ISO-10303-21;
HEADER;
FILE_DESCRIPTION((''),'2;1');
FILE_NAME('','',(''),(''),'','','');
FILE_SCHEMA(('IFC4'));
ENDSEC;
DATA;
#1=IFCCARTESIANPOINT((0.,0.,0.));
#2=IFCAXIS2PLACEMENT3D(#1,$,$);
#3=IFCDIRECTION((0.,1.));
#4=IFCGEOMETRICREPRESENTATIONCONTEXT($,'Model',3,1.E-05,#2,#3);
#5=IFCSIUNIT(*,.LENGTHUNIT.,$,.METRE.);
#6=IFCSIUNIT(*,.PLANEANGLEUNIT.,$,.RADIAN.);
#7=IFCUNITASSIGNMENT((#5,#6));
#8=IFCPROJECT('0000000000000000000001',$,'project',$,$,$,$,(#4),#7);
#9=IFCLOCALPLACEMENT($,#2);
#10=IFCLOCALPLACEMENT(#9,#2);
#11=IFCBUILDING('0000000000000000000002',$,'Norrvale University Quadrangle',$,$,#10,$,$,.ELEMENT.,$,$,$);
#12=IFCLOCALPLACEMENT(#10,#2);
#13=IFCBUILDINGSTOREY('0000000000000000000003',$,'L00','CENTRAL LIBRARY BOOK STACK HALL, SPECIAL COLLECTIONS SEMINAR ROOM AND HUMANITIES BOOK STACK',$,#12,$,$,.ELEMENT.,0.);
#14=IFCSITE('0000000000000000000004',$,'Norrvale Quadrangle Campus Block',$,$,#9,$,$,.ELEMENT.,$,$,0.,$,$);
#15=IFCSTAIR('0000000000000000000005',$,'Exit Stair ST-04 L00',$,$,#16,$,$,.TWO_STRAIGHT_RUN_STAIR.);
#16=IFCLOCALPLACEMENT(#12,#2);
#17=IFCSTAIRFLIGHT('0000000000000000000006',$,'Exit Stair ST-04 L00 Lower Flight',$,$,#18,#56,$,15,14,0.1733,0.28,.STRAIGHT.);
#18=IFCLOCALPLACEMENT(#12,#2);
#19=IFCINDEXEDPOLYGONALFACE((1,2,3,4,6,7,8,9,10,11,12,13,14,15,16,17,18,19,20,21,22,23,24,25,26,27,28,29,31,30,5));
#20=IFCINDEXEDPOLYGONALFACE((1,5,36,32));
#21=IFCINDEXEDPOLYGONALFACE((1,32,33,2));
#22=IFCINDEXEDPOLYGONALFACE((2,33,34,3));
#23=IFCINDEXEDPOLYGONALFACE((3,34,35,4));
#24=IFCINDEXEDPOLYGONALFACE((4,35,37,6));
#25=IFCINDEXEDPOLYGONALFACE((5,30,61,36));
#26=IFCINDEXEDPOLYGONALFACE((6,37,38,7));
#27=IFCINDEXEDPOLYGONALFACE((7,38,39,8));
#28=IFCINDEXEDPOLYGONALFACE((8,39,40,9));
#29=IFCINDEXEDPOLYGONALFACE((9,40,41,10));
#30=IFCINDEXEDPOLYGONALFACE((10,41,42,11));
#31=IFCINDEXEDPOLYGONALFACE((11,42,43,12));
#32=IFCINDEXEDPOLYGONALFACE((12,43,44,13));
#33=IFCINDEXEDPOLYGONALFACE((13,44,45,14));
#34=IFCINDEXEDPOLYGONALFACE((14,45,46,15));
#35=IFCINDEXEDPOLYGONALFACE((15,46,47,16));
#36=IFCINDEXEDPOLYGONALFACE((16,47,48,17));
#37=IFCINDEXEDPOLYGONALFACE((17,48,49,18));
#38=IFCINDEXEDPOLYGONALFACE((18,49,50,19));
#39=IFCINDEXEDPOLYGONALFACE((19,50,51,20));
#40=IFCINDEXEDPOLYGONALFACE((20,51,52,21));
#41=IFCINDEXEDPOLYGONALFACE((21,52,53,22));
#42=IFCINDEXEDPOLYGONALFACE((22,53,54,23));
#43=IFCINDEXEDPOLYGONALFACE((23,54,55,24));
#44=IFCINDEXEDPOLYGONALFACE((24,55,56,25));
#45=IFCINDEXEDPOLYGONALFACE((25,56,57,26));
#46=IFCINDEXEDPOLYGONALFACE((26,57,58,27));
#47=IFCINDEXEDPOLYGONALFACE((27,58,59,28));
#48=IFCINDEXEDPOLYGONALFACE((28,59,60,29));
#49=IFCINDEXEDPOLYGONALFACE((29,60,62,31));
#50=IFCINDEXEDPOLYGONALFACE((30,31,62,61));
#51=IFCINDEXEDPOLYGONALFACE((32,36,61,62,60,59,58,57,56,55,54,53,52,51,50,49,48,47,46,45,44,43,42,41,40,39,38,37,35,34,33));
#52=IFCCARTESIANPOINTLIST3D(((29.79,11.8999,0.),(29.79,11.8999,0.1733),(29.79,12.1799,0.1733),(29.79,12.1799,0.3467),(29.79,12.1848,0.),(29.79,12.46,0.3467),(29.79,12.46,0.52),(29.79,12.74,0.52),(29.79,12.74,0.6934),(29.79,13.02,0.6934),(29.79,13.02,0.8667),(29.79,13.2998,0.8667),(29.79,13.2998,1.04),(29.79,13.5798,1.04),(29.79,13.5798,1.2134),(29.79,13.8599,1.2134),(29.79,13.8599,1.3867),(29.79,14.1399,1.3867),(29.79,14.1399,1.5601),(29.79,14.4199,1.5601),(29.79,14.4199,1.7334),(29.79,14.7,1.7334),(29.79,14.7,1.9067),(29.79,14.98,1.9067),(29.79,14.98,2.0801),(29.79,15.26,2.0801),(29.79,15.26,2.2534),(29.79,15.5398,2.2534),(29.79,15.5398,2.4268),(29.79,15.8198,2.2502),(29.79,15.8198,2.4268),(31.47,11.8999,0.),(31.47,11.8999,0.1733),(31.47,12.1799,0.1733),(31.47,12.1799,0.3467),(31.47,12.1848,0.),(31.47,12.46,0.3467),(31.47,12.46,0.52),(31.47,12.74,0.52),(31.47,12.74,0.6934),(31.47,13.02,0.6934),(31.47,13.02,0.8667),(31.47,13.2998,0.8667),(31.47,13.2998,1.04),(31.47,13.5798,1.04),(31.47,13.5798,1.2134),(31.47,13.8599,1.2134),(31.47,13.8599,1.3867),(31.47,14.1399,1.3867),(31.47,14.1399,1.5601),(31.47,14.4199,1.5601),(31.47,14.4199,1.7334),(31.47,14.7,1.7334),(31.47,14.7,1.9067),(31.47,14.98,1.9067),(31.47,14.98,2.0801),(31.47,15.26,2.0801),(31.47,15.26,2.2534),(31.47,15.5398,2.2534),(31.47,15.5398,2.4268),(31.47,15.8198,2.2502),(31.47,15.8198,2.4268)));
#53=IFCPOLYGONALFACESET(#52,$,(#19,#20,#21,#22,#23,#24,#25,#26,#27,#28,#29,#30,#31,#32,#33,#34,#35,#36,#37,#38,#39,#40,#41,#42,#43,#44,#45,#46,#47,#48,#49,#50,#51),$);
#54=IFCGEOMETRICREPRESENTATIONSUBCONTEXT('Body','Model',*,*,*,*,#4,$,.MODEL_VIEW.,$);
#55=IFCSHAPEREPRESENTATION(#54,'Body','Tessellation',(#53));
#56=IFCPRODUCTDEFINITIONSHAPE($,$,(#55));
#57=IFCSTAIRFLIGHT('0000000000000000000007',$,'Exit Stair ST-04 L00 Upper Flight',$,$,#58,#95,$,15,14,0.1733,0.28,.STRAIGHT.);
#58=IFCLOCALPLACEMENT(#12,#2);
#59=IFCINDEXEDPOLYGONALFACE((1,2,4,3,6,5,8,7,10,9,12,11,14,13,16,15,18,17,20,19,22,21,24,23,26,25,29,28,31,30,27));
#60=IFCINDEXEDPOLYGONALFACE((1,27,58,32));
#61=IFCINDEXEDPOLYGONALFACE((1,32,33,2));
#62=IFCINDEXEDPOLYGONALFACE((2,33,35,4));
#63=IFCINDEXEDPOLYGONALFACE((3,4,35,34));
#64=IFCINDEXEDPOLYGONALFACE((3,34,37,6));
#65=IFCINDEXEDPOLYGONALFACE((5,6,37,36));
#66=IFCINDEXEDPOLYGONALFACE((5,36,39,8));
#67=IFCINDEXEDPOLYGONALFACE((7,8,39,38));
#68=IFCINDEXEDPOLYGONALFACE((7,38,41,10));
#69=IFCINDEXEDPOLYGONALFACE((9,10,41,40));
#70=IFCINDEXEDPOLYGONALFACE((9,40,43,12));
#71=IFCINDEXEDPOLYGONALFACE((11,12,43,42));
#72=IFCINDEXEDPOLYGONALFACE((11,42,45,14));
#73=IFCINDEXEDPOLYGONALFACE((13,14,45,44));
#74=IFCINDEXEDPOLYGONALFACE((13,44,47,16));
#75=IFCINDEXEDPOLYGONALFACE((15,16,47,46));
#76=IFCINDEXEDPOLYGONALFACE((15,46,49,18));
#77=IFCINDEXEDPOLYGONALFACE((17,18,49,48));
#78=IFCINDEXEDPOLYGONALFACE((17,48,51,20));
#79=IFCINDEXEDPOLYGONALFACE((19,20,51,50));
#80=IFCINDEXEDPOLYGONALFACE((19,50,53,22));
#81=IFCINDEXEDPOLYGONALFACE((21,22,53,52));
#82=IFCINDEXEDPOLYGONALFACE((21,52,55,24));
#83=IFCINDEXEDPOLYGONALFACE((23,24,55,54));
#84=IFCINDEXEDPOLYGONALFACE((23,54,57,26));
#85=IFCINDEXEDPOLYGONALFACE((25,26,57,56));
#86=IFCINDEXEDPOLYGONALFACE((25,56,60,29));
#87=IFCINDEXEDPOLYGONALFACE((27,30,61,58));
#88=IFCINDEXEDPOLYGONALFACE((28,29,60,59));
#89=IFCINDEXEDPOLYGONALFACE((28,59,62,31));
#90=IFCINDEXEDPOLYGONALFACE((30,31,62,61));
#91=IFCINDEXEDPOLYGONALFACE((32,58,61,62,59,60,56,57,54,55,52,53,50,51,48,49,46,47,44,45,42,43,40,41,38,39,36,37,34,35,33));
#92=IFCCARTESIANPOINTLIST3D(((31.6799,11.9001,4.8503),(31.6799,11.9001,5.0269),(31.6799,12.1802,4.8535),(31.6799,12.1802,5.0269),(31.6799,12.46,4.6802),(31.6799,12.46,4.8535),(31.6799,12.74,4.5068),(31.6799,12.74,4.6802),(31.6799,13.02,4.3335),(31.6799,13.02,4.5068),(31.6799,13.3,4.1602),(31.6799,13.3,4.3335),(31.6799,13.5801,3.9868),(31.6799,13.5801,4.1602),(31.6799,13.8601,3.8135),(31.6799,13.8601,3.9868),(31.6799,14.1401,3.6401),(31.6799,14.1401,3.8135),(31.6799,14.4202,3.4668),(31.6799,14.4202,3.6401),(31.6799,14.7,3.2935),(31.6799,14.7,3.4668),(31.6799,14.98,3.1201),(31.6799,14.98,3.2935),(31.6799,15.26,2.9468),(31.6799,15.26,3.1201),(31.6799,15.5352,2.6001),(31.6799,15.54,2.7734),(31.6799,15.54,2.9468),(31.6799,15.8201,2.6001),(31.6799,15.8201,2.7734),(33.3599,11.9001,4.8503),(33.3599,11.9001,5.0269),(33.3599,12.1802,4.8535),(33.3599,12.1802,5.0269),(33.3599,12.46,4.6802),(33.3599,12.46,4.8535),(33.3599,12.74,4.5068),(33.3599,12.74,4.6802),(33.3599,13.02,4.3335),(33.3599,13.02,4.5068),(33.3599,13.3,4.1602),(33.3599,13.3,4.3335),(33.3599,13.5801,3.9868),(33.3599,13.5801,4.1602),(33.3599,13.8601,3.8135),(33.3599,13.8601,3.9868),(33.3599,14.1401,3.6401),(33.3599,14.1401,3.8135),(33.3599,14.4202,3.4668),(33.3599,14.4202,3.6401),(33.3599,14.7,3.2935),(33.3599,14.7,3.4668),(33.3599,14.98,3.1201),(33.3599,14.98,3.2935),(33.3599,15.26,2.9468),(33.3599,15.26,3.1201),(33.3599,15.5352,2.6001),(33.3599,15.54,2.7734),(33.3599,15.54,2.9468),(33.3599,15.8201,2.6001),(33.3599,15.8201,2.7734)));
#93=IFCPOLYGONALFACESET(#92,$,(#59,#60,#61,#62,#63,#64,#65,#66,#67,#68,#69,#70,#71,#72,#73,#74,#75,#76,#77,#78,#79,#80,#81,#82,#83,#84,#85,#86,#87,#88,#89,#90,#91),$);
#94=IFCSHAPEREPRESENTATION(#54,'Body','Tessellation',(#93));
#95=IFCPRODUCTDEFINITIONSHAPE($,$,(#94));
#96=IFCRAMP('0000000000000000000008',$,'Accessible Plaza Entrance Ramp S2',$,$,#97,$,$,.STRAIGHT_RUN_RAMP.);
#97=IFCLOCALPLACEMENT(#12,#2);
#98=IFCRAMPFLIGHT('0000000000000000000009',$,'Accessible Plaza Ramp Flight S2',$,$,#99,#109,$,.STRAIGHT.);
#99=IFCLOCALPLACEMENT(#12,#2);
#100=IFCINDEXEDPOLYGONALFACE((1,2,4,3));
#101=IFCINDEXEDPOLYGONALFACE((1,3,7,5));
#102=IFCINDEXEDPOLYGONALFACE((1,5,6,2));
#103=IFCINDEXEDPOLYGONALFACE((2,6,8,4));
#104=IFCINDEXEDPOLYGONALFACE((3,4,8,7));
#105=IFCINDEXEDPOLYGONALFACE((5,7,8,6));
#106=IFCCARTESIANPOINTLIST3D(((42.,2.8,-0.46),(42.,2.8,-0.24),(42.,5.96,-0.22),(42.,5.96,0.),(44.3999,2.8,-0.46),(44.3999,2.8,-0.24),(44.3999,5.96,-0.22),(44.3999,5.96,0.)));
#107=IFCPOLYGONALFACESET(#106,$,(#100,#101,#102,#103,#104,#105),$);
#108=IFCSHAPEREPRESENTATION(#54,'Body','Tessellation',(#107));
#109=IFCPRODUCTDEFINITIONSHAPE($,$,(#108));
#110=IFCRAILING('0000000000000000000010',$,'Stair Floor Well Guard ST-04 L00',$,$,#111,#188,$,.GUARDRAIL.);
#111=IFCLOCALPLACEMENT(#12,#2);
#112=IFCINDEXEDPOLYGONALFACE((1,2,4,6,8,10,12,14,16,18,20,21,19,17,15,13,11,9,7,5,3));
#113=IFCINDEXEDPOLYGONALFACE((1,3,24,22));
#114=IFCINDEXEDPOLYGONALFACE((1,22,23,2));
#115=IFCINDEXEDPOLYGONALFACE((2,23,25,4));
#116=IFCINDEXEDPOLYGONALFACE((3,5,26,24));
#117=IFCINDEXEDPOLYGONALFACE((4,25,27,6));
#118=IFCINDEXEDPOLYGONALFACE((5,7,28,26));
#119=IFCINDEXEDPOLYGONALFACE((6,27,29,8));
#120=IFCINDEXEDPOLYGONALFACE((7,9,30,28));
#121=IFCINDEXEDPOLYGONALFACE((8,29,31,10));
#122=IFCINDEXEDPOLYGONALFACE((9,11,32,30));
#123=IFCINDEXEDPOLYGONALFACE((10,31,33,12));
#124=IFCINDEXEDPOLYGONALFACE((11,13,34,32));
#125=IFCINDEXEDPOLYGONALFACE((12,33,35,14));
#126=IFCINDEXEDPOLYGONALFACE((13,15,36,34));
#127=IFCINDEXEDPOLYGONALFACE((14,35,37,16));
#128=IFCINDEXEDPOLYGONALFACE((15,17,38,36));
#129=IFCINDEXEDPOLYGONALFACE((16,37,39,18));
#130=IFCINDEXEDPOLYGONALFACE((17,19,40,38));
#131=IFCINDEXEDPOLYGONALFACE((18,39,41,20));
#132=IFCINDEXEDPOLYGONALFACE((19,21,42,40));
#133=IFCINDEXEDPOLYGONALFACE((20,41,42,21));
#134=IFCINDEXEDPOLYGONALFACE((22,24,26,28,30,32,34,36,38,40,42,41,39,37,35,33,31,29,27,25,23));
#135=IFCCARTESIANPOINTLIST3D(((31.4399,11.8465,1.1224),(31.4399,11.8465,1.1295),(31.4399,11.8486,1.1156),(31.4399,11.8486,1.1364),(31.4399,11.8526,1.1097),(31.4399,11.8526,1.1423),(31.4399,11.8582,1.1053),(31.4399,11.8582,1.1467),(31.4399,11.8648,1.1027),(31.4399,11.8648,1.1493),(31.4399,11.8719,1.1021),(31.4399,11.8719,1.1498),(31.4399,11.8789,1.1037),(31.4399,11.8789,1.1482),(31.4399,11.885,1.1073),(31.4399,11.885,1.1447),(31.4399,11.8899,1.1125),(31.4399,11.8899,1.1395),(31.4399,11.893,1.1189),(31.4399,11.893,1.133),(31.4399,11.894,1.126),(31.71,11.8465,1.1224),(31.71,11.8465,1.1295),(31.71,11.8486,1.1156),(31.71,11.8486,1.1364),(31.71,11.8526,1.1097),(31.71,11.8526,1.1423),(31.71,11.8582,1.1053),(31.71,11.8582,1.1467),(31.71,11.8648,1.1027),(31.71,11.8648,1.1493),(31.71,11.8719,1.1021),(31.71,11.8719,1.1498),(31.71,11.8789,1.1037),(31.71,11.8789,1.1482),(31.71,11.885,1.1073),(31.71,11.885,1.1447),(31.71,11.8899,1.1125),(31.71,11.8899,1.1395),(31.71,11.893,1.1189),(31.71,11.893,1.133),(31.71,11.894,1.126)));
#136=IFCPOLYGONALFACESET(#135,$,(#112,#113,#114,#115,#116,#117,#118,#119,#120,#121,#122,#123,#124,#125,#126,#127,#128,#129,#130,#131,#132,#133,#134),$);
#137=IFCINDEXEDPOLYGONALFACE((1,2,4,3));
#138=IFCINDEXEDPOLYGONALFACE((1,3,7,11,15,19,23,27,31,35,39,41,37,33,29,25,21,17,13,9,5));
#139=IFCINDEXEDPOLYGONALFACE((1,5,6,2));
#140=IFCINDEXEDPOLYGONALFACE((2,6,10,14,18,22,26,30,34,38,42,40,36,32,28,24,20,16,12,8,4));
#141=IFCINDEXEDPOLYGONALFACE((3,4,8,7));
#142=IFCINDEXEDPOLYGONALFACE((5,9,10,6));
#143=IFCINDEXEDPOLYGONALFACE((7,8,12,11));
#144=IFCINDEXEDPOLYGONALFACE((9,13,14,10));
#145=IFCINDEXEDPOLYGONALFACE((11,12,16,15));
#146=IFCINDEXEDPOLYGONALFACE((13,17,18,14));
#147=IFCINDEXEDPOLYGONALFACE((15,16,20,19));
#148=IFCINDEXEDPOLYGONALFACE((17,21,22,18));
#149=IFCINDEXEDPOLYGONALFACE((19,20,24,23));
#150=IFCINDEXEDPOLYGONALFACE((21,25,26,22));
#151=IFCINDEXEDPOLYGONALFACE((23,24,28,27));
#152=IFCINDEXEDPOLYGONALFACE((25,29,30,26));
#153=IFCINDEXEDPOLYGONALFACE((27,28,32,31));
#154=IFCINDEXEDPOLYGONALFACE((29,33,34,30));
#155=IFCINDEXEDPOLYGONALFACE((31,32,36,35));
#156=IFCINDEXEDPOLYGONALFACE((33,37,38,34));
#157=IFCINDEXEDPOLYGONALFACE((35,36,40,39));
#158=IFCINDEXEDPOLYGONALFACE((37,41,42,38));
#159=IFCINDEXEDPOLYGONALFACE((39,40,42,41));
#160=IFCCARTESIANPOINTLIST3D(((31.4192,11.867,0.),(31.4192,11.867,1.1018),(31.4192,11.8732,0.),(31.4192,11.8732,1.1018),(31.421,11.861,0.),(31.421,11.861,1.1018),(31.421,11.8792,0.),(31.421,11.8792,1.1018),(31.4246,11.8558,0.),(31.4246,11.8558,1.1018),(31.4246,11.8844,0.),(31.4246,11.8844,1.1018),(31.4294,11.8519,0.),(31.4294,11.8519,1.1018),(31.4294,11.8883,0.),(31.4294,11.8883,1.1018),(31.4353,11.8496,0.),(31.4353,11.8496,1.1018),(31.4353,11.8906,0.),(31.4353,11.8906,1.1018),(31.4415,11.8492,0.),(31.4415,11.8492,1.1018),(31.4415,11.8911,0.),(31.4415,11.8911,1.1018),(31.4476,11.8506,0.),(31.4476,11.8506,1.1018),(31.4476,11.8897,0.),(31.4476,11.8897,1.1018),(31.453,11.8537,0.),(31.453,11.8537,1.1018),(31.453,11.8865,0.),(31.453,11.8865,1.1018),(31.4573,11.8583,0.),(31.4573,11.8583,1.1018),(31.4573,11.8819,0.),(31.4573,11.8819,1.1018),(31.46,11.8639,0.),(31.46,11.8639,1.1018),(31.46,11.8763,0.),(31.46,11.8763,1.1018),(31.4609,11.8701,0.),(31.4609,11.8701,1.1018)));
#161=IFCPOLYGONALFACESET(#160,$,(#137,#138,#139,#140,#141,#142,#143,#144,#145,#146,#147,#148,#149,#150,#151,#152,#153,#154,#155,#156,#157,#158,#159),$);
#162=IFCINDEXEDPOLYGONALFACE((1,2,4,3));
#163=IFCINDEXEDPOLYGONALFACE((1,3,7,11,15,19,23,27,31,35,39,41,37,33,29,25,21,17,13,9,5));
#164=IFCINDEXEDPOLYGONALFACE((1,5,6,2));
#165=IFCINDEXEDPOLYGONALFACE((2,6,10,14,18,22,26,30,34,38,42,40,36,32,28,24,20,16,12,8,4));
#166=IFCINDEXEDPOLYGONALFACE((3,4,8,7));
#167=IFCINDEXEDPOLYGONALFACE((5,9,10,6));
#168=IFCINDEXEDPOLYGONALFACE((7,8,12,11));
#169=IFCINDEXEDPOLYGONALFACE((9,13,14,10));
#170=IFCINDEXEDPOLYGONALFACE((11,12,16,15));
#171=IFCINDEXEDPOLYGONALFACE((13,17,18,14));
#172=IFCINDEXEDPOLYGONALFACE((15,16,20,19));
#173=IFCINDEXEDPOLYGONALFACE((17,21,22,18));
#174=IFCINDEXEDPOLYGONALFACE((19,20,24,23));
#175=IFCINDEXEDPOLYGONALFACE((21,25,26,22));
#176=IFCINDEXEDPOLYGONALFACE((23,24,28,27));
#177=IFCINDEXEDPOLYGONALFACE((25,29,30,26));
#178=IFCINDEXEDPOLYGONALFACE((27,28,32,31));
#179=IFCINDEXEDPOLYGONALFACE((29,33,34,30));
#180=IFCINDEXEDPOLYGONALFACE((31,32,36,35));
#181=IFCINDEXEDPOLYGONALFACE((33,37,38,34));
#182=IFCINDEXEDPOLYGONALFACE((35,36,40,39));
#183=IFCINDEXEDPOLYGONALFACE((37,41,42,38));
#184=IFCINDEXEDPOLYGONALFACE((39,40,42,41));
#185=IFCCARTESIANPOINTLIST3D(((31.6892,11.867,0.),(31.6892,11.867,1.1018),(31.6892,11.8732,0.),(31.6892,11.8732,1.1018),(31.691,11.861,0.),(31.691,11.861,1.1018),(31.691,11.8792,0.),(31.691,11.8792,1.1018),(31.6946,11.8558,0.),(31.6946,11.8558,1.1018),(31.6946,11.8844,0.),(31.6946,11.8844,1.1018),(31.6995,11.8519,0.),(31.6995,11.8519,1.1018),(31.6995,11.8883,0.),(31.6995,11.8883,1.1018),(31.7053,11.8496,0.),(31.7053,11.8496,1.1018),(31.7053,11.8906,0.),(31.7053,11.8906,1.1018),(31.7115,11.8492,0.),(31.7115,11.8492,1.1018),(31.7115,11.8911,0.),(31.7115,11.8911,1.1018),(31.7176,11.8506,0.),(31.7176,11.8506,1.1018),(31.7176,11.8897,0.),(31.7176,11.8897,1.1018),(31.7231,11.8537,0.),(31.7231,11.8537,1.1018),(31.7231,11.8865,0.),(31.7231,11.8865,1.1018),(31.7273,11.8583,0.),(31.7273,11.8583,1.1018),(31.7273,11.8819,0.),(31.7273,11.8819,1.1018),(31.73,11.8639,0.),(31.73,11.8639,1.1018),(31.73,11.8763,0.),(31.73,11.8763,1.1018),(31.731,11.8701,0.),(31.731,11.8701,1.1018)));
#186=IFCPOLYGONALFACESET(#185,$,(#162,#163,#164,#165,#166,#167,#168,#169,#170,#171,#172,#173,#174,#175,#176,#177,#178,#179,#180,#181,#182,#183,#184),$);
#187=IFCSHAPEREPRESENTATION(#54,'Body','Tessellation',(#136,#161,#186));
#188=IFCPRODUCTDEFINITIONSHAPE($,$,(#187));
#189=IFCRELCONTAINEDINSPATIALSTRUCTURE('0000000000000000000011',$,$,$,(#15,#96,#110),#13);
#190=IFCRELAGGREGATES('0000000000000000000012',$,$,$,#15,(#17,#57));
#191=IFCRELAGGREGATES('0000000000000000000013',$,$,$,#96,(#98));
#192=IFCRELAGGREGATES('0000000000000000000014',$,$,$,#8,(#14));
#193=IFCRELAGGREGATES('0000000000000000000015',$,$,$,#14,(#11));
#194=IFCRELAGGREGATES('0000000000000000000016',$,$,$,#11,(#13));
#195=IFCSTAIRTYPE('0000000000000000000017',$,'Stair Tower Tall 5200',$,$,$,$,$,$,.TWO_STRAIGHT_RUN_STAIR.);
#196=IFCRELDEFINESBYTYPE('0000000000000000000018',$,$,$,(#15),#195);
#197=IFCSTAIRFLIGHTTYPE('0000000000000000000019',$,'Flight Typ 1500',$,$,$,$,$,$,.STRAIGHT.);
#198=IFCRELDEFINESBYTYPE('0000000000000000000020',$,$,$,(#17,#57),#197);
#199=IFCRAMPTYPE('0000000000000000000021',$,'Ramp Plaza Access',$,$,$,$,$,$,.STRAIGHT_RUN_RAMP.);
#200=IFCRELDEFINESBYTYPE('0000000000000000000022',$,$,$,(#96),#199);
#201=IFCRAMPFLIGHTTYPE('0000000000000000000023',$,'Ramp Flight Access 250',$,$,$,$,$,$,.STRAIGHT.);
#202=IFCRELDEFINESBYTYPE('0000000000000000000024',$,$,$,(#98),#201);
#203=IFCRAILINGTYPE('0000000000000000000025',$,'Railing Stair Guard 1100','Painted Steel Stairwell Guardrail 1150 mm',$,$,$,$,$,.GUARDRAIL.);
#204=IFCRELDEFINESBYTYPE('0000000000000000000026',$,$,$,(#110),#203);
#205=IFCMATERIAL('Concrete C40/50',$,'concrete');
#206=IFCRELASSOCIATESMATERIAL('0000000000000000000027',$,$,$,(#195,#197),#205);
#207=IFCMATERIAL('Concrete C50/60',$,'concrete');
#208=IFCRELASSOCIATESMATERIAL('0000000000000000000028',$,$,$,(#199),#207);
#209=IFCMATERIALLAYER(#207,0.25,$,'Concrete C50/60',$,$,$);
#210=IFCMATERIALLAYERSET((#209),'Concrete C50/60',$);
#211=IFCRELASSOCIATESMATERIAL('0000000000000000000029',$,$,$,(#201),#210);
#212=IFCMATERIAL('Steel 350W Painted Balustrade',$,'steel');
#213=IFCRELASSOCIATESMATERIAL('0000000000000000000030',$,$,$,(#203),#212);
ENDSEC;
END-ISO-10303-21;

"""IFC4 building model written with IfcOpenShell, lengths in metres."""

from ifc_helpers import new_model, si_unit, direction, frame, origin, origin_2d, place, context, subcontext, project, spatial, polyline, circle, outline, extrude, material, layer, layer_set, type_object, element, aggregate, save


model = new_model("IFC4")

# Units and contexts
model_context = context("Model", 3, precision=1e-05, world=origin(), true_north=direction((0.0, 1.0)))
body_context = subcontext(model_context, "Body", "Model", "MODEL_VIEW")
ifc_project = project(units=[si_unit("LENGTHUNIT", "METRE"), si_unit("PLANEANGLEUNIT", "RADIAN")], contexts=[model_context])

# Site, building, storey
site_placement = place(None, origin())
site = spatial("IfcSite", under=ifc_project, at=site_placement, Name="Norrvale Quadrangle Campus Block", CompositionType="ELEMENT", RefElevation=0.0)
building_placement = place(site_placement, origin())
building = spatial("IfcBuilding", under=site, at=building_placement, Name="Norrvale University Quadrangle", CompositionType="ELEMENT")
storey_placement = place(building_placement, origin())
storey = spatial("IfcBuildingStorey", under=building, at=storey_placement, Name="L00", Description="CENTRAL LIBRARY BOOK STACK HALL, SPECIAL COLLECTIONS SEMINAR ROOM AND HUMANITIES BOOK STACK", CompositionType="ELEMENT", Elevation=0.0)

# Stair, stair flights
ifc_material_1 = material(Name="Concrete C40/50", Category="concrete")
stair_type = type_object("IfcStairType", Name="Stair Tower Tall 5200", PredefinedType="TWO_STRAIGHT_RUN_STAIR", material=ifc_material_1)
stair_placement = place(storey_placement, origin())
stair = element("IfcStair", 1, at=stair_placement, inside=storey, type_object=stair_type, Name="Exit Stair ST-04 L00", PredefinedType="TWO_STRAIGHT_RUN_STAIR")
stair_flight_type = type_object("IfcStairFlightType", Name="Flight Typ 1500", PredefinedType="STRAIGHT", material=ifc_material_1)
stair_flight_1_placement = place(storey_placement, frame((30.6299, 11.8999, 0.0), z_axis=(0.0, 0.0, 1.0), x_axis=(0.0, 1.0, 0.0)))
stair_flight_1 = element("IfcStairFlight", 2, at=stair_flight_1_placement, type_object=stair_flight_type, Name="Exit Stair ST-04 L00 Lower Flight", NumberOfRisers=15, NumberOfTreads=14, PredefinedType="STRAIGHT", RiserHeight=0.1733, TreadLength=0.28, context=body_context, shape_type="SweptSolid", body=[
    extrude(outline(polyline([(0.0, 0.0), (0.0, 0.1733), (0.28, 0.1733), (0.28, 0.3467), (0.5601, 0.3467), (0.5601, 0.52), (0.8401, 0.52), (0.8401, 0.6934), (1.1201, 0.6934), (1.1201, 0.8667), (1.3999, 0.8667), (1.3999, 1.04), (1.6799, 1.04), (1.6799, 1.2134), (1.96, 1.2134), (1.96, 1.3867), (2.24, 1.3867), (2.24, 1.5601), (2.52, 1.5601), (2.52, 1.7334), (2.8, 1.7334), (2.8, 1.9067), (3.0801, 1.9067), (3.0801, 2.0801), (3.3601, 2.0801), (3.3601, 2.2534), (3.6399, 2.2534), (3.6399, 2.4268), (3.9199, 2.4268), (3.9199, 2.6001), (3.9199, 2.2502), (0.2849, 0.0), (0.0, 0.0)])), frame((0.0, 0.8398, 0.0), z_axis=(0.0, -1.0, 0.0), x_axis=(1.0, 0.0, 0.0)), (0.0, 0.0, 1.0), 1.6799),
])
stair_flight_2_placement = place(storey_placement, frame((32.52, 15.8201, 2.6001), z_axis=(0.0, 0.0, 1.0), x_axis=(0.0, -1.0, 0.0)))
stair_flight_2 = element("IfcStairFlight", 3, at=stair_flight_2_placement, type_object=stair_flight_type, Name="Exit Stair ST-04 L00 Upper Flight", NumberOfRisers=15, NumberOfTreads=14, PredefinedType="STRAIGHT", RiserHeight=0.1733, TreadLength=0.28, context=body_context, shape_type="SweptSolid", body=[
    extrude(outline(polyline([(0.0, 0.0), (0.0, 0.1733), (0.28, 0.1733), (0.28, 0.3467), (0.5601, 0.3467), (0.5601, 0.52), (0.8401, 0.52), (0.8401, 0.6934), (1.1201, 0.6934), (1.1201, 0.8667), (1.3999, 0.8667), (1.3999, 1.04), (1.6799, 1.04), (1.6799, 1.2134), (1.96, 1.2134), (1.96, 1.3867), (2.24, 1.3867), (2.24, 1.5601), (2.52, 1.5601), (2.52, 1.7334), (2.8, 1.7334), (2.8, 1.9067), (3.0801, 1.9067), (3.0801, 2.0801), (3.3601, 2.0801), (3.3601, 2.2534), (3.6399, 2.2534), (3.6399, 2.4268), (3.9199, 2.4268), (3.9199, 2.6001), (3.9199, 2.2502), (0.2849, 0.0), (0.0, 0.0)])), frame((0.0, 0.8398, 0.0), z_axis=(0.0, -1.0, 0.0), x_axis=(1.0, 0.0, 0.0)), (0.0, 0.0, 1.0), 1.6799),
])
aggregate(stair, [stair_flight_1, stair_flight_2])

# Ramp, ramp flight
ifc_material_2 = material(Name="Concrete C50/60", Category="concrete")
ramp_type = type_object("IfcRampType", Name="Ramp Plaza Access", PredefinedType="STRAIGHT_RUN_RAMP", material=ifc_material_2)
ramp_placement = place(storey_placement, origin())
ramp = element("IfcRamp", 4, at=ramp_placement, inside=storey, type_object=ramp_type, Name="Accessible Plaza Entrance Ramp S2", PredefinedType="STRAIGHT_RUN_RAMP")
ifc_layer_1 = layer(ifc_material_2, 0.25, Name="Concrete C50/60")
ifc_layer_set_1 = layer_set([ifc_layer_1], Name="Concrete C50/60")
ramp_flight_type = type_object("IfcRampFlightType", Name="Ramp Flight Access 250", PredefinedType="STRAIGHT", material=ifc_layer_set_1)
ramp_flight_placement = place(storey_placement, frame((43.2, 2.8, -0.24), z_axis=(0.0, 0.0, 1.0), x_axis=(0.0, 1.0, 0.0)))
ramp_flight = element("IfcRampFlight", 5, at=ramp_flight_placement, type_object=ramp_flight_type, Name="Accessible Plaza Ramp Flight S2", PredefinedType="STRAIGHT", context=body_context, shape_type="SweptSolid", body=[
    extrude(outline(polyline([(0.0, 0.0), (3.1599, 0.24), (3.1599, 0.02), (0.0, -0.22), (0.0, 0.0)])), frame((0.0, 1.2, 0.0), z_axis=(0.0, -1.0, 0.0), x_axis=(1.0, 0.0, 0.0)), (0.0, 0.0, 1.0), 2.3999),
])
aggregate(ramp, [ramp_flight])

# Railing
ifc_material_3 = material(Name="Steel 350W Painted Balustrade", Category="steel")
railing_type_1 = type_object("IfcRailingType", Name="Railing Stair Guard 1100", Description="Painted Steel Stairwell Guardrail 1150 mm", PredefinedType="GUARDRAIL", material=ifc_material_3)
for number, where, name in (
    (6, (31.4399, 11.8701, 0.0), "Stair Floor Well Guard ST-04 L00"),
):
    element("IfcRailing", number, at=place(storey_placement, frame(where)), inside=storey, type_object=railing_type_1, Name=name, PredefinedType="GUARDRAIL", context=body_context, shape_type="SweptSolid", body=[
        extrude(circle(Radius=0.0239, at=origin_2d()), frame((0.0, 0.0, 1.126), z_axis=(1.0, 0.0, 0.0), x_axis=(0.0, 1.0, 0.0)), (0.0, 0.0, 1.0), 0.27),
        extrude(circle(Radius=0.021, at=origin_2d()), origin(), (0.0, 0.0, 1.0), 1.1018),
        extrude(circle(Radius=0.021, at=origin_2d()), frame((0.27, 0.0, 0.0)), (0.0, 0.0, 1.0), 1.1018),
    ])

save(model, "model.ifc")
